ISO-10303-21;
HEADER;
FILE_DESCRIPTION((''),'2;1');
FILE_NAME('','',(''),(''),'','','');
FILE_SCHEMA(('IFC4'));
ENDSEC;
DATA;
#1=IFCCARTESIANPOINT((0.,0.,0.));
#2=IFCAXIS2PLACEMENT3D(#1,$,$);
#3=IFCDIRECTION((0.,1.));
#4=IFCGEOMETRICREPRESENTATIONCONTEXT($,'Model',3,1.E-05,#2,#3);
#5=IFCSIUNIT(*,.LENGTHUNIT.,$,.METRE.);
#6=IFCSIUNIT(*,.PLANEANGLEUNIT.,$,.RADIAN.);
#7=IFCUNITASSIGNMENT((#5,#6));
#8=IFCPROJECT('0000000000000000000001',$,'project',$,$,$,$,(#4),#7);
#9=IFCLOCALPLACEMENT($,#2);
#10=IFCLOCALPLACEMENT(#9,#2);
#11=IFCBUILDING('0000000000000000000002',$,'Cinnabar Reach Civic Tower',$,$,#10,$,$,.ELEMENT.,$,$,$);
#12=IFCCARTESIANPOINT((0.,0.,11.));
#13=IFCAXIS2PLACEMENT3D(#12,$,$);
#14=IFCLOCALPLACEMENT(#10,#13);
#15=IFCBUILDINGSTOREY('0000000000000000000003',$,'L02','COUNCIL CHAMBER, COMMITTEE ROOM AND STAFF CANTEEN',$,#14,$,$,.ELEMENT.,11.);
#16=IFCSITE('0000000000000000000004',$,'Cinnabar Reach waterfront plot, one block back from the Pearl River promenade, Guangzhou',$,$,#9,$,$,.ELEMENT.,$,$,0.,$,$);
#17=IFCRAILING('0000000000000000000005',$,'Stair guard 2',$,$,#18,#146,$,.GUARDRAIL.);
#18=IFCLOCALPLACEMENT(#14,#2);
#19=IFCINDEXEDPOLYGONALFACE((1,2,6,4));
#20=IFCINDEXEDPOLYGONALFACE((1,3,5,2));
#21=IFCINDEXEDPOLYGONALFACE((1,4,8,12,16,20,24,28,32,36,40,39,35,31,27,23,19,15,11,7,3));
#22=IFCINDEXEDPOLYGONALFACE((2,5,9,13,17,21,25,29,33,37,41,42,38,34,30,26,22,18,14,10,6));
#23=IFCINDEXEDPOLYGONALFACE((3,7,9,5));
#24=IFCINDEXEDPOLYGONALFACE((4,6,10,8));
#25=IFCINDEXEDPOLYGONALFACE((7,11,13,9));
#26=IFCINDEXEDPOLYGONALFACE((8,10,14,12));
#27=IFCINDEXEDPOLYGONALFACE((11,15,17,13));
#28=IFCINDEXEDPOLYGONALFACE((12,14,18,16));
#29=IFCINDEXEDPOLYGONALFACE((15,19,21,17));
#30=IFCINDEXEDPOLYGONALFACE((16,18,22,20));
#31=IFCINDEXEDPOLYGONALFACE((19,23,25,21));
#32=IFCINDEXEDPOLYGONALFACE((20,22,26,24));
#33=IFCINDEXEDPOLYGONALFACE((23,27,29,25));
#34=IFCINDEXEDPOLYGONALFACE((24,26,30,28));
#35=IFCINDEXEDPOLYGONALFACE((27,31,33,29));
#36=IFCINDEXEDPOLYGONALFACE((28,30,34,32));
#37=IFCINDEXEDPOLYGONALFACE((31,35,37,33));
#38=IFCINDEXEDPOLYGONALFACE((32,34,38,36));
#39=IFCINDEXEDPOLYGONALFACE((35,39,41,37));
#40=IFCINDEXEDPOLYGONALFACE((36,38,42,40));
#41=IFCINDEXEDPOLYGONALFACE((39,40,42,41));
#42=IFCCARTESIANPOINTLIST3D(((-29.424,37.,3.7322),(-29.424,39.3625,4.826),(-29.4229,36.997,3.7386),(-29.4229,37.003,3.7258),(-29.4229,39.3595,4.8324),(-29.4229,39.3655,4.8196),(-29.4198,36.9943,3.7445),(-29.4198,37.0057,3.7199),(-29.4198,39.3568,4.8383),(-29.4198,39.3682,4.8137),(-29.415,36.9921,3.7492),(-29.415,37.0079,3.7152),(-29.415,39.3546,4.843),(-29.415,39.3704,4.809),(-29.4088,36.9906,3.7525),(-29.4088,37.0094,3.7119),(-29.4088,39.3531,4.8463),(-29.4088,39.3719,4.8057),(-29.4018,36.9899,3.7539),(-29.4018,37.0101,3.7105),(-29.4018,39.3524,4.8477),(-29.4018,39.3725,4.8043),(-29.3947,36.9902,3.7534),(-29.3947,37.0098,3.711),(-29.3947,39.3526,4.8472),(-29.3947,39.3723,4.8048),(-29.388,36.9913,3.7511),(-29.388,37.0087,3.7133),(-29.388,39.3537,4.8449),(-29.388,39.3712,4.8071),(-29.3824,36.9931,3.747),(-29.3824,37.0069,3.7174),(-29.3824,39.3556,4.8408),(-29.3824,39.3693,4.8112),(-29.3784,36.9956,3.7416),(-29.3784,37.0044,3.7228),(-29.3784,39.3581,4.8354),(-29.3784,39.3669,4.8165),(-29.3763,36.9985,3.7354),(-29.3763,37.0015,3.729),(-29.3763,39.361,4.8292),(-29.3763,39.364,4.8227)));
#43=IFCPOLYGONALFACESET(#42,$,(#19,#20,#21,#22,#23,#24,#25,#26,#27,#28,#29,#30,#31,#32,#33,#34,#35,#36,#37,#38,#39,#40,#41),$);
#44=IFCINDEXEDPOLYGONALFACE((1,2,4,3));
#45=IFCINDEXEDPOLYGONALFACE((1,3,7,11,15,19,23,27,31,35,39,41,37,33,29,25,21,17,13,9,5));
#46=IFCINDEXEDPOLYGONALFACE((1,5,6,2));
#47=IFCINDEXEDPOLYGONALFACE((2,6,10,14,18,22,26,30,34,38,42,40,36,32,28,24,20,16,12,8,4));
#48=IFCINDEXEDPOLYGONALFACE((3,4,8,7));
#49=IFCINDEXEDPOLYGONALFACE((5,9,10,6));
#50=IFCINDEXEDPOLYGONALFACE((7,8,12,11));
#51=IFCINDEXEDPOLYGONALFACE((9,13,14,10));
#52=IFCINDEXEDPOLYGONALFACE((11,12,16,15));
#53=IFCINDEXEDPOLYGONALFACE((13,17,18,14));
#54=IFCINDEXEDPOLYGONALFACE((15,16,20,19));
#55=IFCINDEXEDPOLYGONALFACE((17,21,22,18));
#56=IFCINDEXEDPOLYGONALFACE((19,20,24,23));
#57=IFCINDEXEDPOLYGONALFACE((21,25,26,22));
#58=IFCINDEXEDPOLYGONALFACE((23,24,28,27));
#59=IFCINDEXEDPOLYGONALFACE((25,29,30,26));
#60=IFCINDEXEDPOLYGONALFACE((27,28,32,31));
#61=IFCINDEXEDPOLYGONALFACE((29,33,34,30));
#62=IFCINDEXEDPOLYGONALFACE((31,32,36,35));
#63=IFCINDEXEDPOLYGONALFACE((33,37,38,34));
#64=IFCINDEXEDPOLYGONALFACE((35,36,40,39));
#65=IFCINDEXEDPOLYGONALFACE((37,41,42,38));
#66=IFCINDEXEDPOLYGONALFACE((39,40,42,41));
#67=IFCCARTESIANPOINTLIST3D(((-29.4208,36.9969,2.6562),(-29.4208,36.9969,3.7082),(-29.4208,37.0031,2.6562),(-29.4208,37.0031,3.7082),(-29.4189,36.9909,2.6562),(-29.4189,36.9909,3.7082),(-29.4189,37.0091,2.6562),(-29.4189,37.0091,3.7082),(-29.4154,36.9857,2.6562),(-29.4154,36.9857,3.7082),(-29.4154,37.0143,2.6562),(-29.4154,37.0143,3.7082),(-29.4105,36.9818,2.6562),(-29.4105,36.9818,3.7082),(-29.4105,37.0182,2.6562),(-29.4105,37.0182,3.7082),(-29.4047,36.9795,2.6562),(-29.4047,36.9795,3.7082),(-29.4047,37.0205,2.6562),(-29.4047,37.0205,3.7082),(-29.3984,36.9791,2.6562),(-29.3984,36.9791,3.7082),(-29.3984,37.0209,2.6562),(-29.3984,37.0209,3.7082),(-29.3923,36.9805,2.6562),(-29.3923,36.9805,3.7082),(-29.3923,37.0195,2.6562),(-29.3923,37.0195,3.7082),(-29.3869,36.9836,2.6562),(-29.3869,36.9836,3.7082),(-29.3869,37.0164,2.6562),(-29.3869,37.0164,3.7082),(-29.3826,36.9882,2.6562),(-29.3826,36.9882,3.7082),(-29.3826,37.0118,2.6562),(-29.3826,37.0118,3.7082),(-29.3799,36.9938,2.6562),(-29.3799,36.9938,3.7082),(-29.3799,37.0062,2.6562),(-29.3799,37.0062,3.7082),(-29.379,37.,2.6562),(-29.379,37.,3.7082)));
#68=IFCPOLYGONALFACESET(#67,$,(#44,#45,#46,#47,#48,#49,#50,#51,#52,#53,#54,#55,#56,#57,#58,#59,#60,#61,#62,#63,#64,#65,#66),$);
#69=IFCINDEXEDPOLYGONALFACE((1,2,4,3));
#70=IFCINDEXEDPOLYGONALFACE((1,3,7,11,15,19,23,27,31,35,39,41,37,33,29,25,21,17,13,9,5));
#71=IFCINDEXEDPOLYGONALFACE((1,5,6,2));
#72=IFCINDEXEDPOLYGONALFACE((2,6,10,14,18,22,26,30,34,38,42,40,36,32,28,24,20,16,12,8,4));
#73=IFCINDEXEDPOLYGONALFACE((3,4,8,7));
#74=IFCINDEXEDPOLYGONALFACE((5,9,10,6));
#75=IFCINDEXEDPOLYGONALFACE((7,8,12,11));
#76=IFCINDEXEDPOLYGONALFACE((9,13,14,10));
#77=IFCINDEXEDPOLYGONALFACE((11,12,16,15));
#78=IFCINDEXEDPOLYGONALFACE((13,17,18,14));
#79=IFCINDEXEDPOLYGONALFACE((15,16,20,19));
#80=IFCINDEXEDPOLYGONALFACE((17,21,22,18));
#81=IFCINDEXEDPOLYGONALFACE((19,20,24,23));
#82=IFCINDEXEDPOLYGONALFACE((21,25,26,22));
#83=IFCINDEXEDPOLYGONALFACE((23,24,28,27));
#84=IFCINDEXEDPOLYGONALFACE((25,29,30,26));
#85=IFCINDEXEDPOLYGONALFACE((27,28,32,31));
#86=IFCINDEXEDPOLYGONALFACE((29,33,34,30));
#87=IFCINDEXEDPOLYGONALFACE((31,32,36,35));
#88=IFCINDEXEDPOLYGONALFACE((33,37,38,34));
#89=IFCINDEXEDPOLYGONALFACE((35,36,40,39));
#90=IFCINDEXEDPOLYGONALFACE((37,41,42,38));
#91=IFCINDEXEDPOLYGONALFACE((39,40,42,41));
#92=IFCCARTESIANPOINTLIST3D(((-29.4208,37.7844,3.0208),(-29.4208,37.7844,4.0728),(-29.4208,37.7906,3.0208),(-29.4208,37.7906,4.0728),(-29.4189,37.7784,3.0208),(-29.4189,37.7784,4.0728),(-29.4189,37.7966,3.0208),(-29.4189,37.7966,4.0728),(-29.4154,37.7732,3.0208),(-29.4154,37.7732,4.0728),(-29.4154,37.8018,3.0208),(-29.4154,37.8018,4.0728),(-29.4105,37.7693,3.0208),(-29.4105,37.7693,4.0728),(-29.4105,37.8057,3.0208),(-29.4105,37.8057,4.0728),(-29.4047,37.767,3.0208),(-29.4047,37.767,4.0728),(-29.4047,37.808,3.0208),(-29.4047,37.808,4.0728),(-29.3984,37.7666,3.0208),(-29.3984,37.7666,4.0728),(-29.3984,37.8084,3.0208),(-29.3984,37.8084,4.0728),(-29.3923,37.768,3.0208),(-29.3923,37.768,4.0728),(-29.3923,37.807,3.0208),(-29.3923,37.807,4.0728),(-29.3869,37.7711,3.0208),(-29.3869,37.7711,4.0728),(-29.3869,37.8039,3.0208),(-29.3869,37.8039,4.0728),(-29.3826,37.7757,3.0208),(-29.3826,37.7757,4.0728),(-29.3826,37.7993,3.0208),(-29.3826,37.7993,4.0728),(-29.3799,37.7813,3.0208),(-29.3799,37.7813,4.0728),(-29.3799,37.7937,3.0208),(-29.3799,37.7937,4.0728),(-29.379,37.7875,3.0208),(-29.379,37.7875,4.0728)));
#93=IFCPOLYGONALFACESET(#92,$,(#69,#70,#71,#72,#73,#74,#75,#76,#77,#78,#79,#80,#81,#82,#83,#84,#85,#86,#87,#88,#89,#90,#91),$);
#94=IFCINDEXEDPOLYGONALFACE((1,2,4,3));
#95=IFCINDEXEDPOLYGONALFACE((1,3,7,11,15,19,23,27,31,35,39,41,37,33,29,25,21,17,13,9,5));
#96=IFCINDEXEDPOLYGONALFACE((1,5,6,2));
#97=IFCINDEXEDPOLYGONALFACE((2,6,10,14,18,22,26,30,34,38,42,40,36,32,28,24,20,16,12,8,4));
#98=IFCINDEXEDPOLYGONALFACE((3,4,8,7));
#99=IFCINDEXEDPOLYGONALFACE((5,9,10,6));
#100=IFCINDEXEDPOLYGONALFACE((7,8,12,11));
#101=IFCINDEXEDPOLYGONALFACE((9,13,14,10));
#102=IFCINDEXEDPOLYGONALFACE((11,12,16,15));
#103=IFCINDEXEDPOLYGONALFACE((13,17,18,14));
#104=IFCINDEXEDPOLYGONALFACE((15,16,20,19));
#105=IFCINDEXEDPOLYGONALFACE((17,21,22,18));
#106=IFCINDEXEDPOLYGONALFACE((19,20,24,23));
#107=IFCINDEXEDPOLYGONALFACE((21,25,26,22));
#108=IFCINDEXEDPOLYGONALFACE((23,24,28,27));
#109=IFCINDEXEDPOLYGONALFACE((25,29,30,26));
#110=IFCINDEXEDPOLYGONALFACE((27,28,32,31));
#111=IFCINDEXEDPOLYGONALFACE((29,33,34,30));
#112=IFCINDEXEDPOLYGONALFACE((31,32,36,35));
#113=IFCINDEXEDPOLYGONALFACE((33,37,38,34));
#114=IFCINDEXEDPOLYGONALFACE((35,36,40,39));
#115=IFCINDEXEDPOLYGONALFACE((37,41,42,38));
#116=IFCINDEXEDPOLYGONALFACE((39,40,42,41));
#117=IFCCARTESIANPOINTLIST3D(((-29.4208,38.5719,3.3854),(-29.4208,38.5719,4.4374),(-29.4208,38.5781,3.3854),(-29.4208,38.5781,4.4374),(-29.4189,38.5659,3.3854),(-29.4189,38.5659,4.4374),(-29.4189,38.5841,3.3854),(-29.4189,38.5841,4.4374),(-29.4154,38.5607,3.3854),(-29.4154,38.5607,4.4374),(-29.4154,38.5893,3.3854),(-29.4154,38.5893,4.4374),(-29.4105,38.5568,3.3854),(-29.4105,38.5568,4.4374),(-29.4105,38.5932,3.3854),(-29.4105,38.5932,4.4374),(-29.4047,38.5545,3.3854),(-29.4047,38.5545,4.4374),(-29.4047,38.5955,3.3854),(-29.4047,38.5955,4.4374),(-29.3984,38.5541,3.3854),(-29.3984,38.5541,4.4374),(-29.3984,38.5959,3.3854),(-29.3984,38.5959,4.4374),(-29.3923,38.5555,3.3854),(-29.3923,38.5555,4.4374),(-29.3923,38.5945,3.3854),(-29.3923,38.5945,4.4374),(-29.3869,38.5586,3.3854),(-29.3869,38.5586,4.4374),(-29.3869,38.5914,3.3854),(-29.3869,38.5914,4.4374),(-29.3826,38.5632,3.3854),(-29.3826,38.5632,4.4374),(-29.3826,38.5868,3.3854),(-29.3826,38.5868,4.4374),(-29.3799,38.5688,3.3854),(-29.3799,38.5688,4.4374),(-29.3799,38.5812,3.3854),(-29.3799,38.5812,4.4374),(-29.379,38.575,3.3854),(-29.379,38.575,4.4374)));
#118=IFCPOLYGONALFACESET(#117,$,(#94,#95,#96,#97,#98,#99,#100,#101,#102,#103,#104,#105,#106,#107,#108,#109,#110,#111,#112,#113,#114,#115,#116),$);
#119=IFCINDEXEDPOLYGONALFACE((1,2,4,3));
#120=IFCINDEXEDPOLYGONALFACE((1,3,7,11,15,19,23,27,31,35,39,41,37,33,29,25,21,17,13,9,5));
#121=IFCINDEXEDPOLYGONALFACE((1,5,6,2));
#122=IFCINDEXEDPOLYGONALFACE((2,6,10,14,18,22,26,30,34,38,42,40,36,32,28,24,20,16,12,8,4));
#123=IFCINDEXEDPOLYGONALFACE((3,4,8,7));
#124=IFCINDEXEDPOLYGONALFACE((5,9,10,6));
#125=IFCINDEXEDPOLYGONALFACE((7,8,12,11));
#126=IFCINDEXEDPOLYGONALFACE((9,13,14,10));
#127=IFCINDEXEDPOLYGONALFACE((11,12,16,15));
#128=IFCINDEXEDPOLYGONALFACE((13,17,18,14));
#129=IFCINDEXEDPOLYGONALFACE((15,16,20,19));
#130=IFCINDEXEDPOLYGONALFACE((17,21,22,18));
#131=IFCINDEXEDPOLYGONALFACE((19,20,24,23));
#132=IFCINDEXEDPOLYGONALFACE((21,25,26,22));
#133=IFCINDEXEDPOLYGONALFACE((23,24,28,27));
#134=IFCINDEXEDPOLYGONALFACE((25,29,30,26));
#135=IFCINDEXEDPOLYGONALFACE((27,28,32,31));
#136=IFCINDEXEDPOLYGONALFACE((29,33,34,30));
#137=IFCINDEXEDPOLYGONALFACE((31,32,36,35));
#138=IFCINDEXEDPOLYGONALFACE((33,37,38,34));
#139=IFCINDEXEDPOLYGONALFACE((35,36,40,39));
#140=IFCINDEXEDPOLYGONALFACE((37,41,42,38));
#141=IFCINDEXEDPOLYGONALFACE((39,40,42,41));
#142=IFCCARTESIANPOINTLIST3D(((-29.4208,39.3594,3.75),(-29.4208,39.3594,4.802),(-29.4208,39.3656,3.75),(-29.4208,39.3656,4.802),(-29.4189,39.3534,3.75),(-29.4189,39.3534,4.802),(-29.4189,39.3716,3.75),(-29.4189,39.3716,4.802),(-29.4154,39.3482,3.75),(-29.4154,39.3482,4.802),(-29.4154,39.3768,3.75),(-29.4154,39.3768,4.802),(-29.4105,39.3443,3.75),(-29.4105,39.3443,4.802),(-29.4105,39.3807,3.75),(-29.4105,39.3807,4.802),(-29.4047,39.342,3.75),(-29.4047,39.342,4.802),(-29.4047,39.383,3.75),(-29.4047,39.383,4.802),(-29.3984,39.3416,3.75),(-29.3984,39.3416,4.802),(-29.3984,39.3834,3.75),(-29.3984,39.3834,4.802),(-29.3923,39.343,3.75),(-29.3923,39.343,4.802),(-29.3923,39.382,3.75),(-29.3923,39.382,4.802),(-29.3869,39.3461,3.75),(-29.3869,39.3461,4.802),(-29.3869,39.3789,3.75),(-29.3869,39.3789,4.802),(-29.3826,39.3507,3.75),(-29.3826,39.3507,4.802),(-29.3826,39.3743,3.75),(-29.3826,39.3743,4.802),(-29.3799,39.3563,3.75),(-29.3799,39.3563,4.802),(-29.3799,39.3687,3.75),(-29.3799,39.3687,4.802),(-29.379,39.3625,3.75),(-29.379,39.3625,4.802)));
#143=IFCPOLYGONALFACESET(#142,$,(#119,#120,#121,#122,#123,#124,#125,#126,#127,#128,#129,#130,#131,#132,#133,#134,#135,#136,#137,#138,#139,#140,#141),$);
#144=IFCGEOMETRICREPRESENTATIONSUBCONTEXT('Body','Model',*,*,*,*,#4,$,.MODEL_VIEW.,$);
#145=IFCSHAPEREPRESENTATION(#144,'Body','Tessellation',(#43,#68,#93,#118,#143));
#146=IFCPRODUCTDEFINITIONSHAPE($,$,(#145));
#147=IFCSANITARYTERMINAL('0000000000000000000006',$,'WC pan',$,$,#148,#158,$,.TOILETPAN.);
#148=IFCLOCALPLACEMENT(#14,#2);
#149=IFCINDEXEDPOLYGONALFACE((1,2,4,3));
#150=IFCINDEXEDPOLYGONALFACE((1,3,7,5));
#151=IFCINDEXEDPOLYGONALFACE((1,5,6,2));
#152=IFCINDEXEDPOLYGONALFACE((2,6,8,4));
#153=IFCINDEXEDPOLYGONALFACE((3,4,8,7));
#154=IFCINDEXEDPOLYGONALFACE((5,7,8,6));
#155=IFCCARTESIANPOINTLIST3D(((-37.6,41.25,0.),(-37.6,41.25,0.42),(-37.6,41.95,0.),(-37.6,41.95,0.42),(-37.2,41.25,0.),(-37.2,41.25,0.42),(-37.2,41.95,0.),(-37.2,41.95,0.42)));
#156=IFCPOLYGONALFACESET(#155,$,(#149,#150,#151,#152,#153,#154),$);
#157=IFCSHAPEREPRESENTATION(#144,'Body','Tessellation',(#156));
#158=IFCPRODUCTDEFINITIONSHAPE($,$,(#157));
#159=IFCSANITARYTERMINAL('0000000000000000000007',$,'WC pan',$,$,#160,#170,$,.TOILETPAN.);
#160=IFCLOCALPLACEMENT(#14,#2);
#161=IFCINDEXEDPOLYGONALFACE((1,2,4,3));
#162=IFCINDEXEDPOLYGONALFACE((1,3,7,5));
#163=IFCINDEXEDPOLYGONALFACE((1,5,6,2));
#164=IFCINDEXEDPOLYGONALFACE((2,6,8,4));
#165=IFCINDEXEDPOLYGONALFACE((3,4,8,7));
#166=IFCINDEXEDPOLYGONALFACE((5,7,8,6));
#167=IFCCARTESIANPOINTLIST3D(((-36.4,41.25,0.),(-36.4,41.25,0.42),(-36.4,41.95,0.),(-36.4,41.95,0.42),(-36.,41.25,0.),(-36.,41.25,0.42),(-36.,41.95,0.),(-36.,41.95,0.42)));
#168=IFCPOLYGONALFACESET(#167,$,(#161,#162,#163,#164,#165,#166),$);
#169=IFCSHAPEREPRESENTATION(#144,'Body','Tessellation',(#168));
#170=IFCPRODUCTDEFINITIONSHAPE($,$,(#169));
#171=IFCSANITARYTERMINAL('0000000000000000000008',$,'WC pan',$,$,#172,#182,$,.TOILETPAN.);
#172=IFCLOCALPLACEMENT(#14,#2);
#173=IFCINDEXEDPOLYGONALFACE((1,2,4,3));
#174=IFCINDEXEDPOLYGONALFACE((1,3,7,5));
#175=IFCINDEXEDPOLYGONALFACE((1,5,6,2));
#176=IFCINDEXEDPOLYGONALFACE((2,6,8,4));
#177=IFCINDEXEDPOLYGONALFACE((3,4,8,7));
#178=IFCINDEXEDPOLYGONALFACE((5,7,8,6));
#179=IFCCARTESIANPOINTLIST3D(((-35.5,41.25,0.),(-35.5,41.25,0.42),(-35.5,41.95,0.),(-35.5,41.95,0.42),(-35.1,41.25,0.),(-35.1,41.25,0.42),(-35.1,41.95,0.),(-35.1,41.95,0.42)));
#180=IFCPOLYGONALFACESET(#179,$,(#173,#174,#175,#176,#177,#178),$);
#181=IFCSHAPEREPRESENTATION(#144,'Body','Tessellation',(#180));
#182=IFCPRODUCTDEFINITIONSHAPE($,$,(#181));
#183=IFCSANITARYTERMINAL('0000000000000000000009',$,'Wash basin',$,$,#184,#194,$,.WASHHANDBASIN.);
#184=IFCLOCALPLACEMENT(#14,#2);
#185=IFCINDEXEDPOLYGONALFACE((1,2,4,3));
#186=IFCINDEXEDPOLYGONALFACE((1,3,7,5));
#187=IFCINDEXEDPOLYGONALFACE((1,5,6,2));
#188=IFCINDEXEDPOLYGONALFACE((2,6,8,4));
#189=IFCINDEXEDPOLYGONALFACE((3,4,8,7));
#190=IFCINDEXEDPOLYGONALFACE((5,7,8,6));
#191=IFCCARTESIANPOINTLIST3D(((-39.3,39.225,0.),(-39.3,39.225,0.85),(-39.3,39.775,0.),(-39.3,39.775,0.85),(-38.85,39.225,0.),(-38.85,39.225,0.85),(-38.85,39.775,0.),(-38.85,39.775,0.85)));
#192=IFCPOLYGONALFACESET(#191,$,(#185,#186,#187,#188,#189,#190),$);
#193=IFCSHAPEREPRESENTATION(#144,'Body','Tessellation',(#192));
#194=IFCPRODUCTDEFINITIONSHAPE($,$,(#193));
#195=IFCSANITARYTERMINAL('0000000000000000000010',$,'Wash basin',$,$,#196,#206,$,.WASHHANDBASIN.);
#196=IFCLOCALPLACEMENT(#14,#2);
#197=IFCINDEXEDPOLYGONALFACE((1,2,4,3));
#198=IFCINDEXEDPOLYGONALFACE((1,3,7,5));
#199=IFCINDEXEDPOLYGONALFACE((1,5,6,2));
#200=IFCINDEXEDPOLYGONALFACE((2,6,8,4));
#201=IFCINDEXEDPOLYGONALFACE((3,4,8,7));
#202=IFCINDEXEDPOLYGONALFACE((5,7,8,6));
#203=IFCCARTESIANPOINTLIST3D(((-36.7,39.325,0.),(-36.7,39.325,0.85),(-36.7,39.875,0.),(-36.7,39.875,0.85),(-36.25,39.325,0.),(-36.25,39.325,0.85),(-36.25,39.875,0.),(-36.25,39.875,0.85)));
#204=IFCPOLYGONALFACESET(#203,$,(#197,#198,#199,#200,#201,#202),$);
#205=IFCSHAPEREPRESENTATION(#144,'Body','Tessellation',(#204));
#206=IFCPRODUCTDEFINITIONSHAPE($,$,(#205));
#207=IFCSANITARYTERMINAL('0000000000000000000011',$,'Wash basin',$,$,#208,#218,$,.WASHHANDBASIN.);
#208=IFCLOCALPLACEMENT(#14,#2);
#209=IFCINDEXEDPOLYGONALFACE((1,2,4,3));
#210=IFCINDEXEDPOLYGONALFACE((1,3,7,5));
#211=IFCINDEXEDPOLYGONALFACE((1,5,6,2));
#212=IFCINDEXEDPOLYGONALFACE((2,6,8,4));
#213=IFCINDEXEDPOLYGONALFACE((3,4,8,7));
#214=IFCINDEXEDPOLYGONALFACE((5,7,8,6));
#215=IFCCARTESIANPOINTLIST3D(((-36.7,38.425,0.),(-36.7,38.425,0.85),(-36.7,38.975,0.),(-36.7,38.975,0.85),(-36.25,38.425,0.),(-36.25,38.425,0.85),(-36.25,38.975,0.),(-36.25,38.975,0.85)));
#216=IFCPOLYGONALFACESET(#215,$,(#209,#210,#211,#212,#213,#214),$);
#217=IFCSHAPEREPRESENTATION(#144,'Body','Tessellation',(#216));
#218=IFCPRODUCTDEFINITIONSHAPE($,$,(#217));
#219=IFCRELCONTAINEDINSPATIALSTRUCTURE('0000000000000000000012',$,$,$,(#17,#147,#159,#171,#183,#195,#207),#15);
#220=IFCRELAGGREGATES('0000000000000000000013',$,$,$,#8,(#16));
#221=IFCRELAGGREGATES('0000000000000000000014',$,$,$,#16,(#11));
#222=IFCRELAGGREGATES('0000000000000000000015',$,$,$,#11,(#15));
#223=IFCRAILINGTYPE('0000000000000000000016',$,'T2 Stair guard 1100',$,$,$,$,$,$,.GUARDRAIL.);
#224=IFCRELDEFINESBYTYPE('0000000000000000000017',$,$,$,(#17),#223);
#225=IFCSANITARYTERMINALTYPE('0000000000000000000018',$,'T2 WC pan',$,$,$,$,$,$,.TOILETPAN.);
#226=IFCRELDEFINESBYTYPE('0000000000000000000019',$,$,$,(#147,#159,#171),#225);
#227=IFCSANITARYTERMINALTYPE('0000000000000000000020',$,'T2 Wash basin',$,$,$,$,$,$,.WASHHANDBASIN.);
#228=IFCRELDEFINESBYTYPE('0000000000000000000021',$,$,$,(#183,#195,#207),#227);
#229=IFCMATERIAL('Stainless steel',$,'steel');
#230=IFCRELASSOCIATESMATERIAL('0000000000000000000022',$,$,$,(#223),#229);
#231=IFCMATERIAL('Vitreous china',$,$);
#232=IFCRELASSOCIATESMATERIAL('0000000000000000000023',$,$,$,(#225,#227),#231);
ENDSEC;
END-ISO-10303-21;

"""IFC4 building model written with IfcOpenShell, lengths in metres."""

from ifc_helpers import new_model, si_unit, direction, frame, origin, origin_2d, place, context, subcontext, project, spatial, rectangle, circle, extrude, material, type_object, element, save


model = new_model("IFC4")

# Units and contexts
model_context = context("Model", 3, precision=1e-05, world=origin(), true_north=direction((0.0, 1.0)))
body_context = subcontext(model_context, "Body", "Model", "MODEL_VIEW")
ifc_project = project(units=[si_unit("LENGTHUNIT", "METRE"), si_unit("PLANEANGLEUNIT", "RADIAN")], contexts=[model_context])

# Site, building, storey
site_placement = place(None, origin())
site = spatial("IfcSite", under=ifc_project, at=site_placement, Name="Cinnabar Reach waterfront plot, one block back from the Pearl River promenade, Guangzhou", CompositionType="ELEMENT", RefElevation=0.0)
building_placement = place(site_placement, origin())
building = spatial("IfcBuilding", under=site, at=building_placement, Name="Cinnabar Reach Civic Tower", CompositionType="ELEMENT")
storey_placement = place(building_placement, frame((0.0, 0.0, 11.0)))
storey = spatial("IfcBuildingStorey", under=building, at=storey_placement, Name="L02", Description="COUNCIL CHAMBER, COMMITTEE ROOM AND STAFF CANTEEN", CompositionType="ELEMENT", Elevation=11.0)

# Railing
ifc_material_1 = material(Name="Stainless steel", Category="steel")
railing_type = type_object("IfcRailingType", Name="T2 Stair guard 1100", PredefinedType="GUARDRAIL", material=ifc_material_1)
railing_1_placement = place(storey_placement, frame((-29.4, 37.0, 2.6562)))
element("IfcRailing", 1, at=railing_1_placement, inside=storey, type_object=railing_type, Name="Stair guard 2", PredefinedType="GUARDRAIL", context=body_context, shape_type="SweptSolid", body=[
    extrude(circle(Radius=0.024, at=origin_2d()), frame((0.0, 0.0, 1.076), z_axis=(0.0, 0.90746, 0.420139), x_axis=(-1.0, 0.0, 0.0)), (0.0, 0.0, 1.0), 2.6034),
    extrude(circle(Radius=0.021, at=origin_2d()), origin(), (0.0, 0.0, 1.0), 1.052),
    extrude(circle(Radius=0.021, at=origin_2d()), frame((0.0, 0.7875, 0.3646)), (0.0, 0.0, 1.0), 1.052),
    extrude(circle(Radius=0.021, at=origin_2d()), frame((0.0, 1.575, 0.7292)), (0.0, 0.0, 1.0), 1.052),
    extrude(circle(Radius=0.021, at=origin_2d()), frame((0.0, 2.3625, 1.0938)), (0.0, 0.0, 1.0), 1.052),
])

# Sanitary terminals
ifc_material_2 = material(Name="Vitreous china")
sanitary_terminal_type_1 = type_object("IfcSanitaryTerminalType", Name="T2 WC pan", PredefinedType="TOILETPAN", material=ifc_material_2)
for number, where, z_axis, x_axis, name in (
    (2, (-37.4, 41.6, 0.0), (0.0, 0.0, 1.0), (1.0, 0.0, 0.0), "WC pan"),
    (3, (-36.2, 41.6, 0.0), (0.0, 0.0, 1.0), (1.0, 0.0, 0.0), "WC pan"),
    (4, (-35.3, 41.6, 0.0), (0.0, 0.0, 1.0), (1.0, 0.0, 0.0), "WC pan"),
):
    element("IfcSanitaryTerminal", number, at=place(storey_placement, frame(where, z_axis=z_axis, x_axis=x_axis)), inside=storey, type_object=sanitary_terminal_type_1, Name=name, PredefinedType="TOILETPAN", context=body_context, shape_type="SweptSolid", body=[
        extrude(rectangle(XDim=0.4, YDim=0.7, at=origin_2d()), origin(), (0.0, 0.0, 1.0), 0.42),
    ])
sanitary_terminal_type_2 = type_object("IfcSanitaryTerminalType", Name="T2 Wash basin", PredefinedType="WASHHANDBASIN", material=ifc_material_2)
for number, where, z_axis, x_axis, name in (
    (5, (-39.075, 39.5, 0.0), (0.0, 0.0, 1.0), (1.0, 0.0, 0.0), "Wash basin"),
    (6, (-36.475, 39.6, 0.0), (0.0, 0.0, 1.0), (1.0, 0.0, 0.0), "Wash basin"),
    (7, (-36.475, 38.7, 0.0), (0.0, 0.0, 1.0), (1.0, 0.0, 0.0), "Wash basin"),
):
    element("IfcSanitaryTerminal", number, at=place(storey_placement, frame(where, z_axis=z_axis, x_axis=x_axis)), inside=storey, type_object=sanitary_terminal_type_2, Name=name, PredefinedType="WASHHANDBASIN", context=body_context, shape_type="SweptSolid", body=[
        extrude(rectangle(XDim=0.45, YDim=0.55, at=origin_2d()), origin(), (0.0, 0.0, 1.0), 0.85),
    ])

save(model, "model.ifc")
